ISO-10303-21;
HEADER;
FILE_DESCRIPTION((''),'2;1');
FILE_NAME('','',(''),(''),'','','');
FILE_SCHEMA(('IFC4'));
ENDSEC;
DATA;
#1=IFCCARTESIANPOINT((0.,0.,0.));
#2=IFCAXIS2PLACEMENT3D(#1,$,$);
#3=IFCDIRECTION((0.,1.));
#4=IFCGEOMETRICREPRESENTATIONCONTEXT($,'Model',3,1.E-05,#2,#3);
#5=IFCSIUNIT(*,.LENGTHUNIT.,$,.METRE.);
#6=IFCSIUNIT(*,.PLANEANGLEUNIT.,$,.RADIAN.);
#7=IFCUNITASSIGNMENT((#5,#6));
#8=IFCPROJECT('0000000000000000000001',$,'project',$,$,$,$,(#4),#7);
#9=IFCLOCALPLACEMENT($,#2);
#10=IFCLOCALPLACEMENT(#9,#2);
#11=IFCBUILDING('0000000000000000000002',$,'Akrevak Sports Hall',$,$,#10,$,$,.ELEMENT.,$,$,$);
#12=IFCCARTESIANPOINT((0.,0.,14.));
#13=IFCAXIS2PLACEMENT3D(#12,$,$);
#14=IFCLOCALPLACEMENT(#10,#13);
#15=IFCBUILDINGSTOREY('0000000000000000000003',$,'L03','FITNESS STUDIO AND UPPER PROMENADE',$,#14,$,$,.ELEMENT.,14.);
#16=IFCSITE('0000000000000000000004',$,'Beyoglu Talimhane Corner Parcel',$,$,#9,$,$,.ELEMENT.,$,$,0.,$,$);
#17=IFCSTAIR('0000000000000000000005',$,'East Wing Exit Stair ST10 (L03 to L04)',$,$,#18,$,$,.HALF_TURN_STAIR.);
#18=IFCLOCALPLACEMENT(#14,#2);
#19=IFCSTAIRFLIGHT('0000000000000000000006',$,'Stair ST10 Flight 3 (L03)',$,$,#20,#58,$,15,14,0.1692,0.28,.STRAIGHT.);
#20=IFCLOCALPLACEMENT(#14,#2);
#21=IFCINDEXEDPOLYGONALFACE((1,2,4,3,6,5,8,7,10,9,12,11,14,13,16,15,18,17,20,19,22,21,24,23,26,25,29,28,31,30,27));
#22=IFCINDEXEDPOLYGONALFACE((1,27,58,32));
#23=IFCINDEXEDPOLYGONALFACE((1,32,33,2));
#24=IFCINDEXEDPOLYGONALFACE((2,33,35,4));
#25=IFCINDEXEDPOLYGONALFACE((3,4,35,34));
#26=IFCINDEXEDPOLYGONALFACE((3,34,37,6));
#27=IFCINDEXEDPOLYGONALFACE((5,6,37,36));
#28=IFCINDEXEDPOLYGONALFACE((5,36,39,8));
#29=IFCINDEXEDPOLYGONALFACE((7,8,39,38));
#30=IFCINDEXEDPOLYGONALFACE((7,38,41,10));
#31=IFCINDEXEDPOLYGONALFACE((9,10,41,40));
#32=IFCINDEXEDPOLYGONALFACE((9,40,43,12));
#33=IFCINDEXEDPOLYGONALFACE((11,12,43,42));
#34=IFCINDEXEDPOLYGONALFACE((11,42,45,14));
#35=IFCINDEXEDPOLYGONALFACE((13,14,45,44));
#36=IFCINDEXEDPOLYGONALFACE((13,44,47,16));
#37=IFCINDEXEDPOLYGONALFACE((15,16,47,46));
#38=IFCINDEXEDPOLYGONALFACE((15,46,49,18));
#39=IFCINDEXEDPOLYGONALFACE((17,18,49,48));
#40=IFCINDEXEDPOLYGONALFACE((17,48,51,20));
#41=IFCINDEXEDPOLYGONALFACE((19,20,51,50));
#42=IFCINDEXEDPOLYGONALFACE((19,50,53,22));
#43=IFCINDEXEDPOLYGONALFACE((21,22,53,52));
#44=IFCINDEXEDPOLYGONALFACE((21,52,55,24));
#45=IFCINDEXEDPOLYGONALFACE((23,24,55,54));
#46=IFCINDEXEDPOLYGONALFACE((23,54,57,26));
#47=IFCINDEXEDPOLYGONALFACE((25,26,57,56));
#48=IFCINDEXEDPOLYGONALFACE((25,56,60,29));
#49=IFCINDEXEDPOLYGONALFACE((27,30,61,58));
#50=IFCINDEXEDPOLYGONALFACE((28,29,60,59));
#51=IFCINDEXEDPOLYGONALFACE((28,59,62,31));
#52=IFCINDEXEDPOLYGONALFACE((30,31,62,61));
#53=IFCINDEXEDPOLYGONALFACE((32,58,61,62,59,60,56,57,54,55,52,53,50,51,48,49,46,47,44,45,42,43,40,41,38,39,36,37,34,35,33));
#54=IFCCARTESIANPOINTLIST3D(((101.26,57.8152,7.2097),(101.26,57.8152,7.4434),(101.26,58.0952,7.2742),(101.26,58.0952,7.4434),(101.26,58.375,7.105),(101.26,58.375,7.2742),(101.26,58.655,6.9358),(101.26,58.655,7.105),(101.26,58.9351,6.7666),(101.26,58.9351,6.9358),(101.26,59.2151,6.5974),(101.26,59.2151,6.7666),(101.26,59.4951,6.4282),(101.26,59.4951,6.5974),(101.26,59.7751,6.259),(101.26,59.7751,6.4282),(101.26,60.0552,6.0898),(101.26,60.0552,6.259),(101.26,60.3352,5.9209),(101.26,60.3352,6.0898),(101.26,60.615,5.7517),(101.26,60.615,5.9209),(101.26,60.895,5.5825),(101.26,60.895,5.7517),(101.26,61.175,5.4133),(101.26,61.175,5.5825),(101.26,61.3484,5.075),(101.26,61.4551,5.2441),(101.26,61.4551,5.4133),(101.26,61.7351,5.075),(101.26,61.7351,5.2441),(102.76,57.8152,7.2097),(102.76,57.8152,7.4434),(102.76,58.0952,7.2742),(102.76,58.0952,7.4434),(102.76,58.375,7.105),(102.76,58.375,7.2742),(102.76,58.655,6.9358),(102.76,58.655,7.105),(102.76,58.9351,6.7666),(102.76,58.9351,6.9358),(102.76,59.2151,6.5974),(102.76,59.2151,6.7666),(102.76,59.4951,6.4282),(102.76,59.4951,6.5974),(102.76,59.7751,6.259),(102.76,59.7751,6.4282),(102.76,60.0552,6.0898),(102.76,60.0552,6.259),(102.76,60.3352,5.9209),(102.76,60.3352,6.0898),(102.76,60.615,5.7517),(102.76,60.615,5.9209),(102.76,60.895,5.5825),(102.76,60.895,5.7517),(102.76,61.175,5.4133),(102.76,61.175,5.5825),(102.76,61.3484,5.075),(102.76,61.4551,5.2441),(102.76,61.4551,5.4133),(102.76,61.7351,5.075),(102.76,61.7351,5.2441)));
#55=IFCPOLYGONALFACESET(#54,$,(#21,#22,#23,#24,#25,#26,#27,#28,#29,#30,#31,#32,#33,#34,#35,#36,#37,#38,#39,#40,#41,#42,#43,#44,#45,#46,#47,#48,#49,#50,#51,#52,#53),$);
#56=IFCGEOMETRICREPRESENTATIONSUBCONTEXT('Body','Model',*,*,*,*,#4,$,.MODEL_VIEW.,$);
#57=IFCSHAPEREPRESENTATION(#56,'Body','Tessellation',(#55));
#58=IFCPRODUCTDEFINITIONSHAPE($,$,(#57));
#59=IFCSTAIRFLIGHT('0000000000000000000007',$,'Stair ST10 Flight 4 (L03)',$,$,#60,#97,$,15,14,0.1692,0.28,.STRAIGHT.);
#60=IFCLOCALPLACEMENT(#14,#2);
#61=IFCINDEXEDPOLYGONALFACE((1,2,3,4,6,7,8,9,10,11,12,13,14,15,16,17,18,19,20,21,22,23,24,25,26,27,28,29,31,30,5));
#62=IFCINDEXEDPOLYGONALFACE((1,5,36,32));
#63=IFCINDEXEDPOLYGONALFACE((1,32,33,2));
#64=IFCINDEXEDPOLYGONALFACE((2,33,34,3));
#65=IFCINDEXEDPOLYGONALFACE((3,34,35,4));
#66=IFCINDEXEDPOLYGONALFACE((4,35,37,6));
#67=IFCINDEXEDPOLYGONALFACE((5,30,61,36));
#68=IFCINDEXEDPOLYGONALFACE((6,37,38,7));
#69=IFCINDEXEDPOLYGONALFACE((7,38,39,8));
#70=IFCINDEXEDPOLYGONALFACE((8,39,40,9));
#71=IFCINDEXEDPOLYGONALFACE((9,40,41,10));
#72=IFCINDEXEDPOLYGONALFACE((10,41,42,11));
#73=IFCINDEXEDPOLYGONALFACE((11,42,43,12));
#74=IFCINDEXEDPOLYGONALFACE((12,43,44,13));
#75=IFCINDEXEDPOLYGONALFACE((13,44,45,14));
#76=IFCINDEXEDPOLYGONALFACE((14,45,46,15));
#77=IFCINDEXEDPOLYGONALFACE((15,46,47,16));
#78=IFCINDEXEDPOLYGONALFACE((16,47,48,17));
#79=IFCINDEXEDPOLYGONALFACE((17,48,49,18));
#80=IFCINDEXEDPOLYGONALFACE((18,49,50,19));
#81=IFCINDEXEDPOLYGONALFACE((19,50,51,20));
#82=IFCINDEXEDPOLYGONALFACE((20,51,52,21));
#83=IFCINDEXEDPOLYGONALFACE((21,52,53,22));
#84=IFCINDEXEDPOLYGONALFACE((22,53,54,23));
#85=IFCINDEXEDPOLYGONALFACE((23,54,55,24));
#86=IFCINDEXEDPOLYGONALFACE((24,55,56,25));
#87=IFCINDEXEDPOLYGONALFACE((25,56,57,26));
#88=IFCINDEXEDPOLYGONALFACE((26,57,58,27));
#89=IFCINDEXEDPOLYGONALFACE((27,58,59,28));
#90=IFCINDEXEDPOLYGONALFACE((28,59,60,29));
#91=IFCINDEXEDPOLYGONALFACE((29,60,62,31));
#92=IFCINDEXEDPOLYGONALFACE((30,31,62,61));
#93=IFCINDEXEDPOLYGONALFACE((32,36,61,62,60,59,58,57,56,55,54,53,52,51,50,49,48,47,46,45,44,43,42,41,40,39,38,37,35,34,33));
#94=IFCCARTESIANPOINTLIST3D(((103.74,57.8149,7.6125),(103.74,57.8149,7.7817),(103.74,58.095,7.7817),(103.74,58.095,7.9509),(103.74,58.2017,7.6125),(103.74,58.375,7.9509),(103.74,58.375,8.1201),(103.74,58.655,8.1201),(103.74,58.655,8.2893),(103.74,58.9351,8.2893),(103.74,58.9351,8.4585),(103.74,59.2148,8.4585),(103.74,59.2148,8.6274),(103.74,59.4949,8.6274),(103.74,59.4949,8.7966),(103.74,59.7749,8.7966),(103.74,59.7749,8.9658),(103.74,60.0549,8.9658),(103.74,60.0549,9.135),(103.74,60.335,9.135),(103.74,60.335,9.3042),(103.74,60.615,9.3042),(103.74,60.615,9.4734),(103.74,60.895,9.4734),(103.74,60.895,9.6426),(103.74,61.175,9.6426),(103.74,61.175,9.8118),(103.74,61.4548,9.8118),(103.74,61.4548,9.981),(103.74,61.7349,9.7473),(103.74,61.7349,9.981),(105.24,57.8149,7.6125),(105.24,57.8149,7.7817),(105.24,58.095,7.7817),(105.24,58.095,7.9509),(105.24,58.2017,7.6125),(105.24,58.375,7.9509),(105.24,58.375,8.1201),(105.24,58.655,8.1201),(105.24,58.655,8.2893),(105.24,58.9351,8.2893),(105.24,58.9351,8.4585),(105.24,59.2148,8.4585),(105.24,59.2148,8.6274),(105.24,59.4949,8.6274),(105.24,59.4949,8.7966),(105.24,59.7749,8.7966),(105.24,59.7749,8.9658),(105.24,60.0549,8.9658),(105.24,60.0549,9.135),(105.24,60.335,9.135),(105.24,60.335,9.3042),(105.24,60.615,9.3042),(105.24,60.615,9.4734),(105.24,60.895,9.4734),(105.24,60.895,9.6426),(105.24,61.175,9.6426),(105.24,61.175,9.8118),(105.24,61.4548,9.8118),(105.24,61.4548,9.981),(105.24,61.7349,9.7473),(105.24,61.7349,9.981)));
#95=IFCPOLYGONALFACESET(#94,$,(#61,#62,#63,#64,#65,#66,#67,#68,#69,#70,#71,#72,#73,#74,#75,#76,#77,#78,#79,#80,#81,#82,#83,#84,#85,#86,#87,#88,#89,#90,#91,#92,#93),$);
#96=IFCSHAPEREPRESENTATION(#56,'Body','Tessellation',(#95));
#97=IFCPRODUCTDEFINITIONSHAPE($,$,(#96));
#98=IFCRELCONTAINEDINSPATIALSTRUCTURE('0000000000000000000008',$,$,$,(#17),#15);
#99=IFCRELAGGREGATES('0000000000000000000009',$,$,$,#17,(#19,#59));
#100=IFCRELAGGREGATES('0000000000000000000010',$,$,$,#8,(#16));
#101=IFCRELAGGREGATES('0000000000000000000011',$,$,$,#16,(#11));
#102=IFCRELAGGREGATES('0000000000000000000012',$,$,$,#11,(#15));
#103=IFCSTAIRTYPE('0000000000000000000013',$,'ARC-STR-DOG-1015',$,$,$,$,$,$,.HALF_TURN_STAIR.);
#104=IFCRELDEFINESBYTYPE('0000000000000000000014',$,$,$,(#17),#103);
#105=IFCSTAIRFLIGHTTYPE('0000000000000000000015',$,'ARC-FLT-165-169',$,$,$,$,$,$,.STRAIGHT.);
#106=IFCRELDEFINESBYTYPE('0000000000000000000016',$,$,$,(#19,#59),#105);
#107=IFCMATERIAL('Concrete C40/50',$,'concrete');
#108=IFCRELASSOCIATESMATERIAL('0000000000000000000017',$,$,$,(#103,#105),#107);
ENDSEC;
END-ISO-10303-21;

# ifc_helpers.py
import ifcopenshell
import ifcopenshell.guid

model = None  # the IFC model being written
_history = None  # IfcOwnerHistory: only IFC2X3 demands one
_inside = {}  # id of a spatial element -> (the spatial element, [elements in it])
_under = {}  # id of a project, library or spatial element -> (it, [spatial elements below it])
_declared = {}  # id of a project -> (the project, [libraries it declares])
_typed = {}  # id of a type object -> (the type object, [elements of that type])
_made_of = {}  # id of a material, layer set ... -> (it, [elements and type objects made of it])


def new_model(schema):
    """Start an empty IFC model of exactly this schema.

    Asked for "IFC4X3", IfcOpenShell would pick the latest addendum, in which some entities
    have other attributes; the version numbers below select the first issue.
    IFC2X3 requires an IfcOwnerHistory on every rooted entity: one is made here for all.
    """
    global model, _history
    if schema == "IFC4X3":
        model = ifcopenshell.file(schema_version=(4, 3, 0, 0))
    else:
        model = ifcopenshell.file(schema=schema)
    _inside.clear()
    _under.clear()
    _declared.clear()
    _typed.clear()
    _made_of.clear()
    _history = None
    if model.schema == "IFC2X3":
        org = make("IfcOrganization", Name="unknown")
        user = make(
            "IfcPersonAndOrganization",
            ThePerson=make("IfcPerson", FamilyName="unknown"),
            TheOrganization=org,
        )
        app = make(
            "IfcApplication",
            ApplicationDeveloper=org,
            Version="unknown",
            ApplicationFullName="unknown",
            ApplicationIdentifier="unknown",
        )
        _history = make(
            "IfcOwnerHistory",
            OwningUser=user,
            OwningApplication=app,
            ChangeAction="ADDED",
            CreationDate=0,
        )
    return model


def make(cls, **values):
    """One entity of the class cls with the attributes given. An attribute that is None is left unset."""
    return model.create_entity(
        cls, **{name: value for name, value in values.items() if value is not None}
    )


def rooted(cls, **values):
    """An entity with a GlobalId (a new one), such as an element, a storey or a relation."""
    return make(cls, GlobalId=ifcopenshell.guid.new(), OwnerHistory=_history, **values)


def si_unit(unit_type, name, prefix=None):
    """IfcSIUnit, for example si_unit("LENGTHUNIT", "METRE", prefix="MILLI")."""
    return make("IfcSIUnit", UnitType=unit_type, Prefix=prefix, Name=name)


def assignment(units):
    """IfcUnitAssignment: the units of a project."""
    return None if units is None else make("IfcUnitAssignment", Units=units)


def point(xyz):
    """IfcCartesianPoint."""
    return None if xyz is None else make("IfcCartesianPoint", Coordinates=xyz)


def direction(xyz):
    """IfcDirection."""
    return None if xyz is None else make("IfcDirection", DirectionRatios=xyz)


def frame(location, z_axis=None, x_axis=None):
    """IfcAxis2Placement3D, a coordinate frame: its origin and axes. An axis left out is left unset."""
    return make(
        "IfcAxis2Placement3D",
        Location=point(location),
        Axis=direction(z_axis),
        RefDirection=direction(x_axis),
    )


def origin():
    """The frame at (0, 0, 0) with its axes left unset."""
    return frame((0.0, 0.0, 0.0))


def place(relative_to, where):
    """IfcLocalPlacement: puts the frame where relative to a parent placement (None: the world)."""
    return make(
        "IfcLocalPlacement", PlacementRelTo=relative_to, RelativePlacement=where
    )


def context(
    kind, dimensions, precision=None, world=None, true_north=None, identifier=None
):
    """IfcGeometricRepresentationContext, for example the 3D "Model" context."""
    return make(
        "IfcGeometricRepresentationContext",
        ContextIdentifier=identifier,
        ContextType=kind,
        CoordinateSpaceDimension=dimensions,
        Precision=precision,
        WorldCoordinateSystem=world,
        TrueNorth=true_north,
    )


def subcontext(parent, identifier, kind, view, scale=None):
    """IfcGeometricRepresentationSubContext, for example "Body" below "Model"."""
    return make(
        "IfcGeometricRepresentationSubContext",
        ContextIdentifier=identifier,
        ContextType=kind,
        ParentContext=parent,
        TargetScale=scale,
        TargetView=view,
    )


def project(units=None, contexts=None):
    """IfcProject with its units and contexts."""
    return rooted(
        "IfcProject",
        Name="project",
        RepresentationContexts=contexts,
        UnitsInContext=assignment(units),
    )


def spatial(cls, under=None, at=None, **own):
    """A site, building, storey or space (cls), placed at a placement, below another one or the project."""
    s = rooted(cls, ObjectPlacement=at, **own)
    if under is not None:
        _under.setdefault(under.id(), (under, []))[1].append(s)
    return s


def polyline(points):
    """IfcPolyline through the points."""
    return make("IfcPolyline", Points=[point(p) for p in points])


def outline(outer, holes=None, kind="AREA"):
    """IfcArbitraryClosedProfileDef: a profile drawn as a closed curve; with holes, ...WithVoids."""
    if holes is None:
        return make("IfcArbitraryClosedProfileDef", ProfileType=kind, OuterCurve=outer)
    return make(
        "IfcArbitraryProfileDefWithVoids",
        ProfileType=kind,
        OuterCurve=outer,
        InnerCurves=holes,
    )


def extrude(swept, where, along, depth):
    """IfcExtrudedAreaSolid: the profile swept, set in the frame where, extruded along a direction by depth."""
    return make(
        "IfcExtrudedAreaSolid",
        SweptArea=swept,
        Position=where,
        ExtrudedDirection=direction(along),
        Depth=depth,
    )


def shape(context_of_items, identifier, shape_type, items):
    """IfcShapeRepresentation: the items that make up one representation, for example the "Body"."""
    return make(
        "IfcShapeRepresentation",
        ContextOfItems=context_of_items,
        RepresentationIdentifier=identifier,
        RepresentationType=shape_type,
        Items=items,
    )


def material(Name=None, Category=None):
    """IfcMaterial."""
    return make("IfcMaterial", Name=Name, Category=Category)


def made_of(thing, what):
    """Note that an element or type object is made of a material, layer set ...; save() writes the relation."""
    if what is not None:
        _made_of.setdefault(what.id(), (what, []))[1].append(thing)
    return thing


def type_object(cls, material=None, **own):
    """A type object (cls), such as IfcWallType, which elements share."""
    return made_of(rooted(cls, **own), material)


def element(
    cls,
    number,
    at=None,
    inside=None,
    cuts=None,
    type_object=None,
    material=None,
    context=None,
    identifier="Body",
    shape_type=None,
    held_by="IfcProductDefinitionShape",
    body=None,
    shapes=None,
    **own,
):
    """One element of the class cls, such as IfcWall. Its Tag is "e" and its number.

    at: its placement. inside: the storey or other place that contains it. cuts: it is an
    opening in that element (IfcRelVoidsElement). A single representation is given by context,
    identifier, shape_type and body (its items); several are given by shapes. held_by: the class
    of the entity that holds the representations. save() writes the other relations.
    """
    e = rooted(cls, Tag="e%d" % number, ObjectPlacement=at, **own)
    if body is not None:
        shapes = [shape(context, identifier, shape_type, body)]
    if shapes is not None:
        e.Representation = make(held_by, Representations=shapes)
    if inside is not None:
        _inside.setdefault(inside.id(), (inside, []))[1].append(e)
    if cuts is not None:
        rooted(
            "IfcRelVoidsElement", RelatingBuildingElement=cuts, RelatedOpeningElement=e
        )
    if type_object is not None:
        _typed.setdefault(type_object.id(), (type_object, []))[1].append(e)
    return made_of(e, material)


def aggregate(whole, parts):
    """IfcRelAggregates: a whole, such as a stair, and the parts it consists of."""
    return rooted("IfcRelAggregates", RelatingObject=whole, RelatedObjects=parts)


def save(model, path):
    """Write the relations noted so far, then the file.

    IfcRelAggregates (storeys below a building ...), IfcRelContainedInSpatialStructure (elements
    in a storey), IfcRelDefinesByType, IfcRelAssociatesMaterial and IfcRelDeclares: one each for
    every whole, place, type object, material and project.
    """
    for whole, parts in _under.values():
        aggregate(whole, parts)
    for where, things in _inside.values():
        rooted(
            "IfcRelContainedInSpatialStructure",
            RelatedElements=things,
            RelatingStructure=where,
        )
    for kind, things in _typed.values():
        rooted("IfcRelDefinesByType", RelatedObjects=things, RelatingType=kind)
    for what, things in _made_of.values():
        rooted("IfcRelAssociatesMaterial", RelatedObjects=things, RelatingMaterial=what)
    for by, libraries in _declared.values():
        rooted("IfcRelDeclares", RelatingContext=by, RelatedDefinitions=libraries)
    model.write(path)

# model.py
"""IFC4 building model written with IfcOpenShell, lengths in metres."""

from ifc_helpers import new_model, si_unit, direction, frame, origin, place, context, subcontext, project, spatial, polyline, outline, extrude, material, type_object, element, aggregate, save


model = new_model("IFC4")

# Units and contexts
model_context = context("Model", 3, precision=1e-05, world=origin(), true_north=direction((0.0, 1.0)))
body_context = subcontext(model_context, "Body", "Model", "MODEL_VIEW")
ifc_project = project(units=[si_unit("LENGTHUNIT", "METRE"), si_unit("PLANEANGLEUNIT", "RADIAN")], contexts=[model_context])

# Site, building, storey
site_placement = place(None, origin())
site = spatial("IfcSite", under=ifc_project, at=site_placement, Name="Beyoglu Talimhane Corner Parcel", CompositionType="ELEMENT", RefElevation=0.0)
building_placement = place(site_placement, origin())
building = spatial("IfcBuilding", under=site, at=building_placement, Name="Akrevak Sports Hall", CompositionType="ELEMENT")
storey_placement = place(building_placement, frame((0.0, 0.0, 14.0)))
storey = spatial("IfcBuildingStorey", under=building, at=storey_placement, Name="L03", Description="FITNESS STUDIO AND UPPER PROMENADE", CompositionType="ELEMENT", Elevation=14.0)

# Shared definitions
ifc_material_1 = material(Name="Concrete C40/50", Category="concrete")

# Stair, stair flights
stair_type = type_object("IfcStairType", Name="ARC-STR-DOG-1015", PredefinedType="HALF_TURN_STAIR", material=ifc_material_1)
stair_flight_type = type_object("IfcStairFlightType", Name="ARC-FLT-165-169", PredefinedType="STRAIGHT", material=ifc_material_1)
stair_1_placement = place(storey_placement, origin())
stair_1 = element("IfcStair", 1, at=stair_1_placement, inside=storey, type_object=stair_type, Name="East Wing Exit Stair ST10 (L03 to L04)", PredefinedType="HALF_TURN_STAIR")
stair_flight_1_placement = place(storey_placement, frame((102.01, 61.7351, 5.075), z_axis=(0.0, 0.0, 1.0), x_axis=(0.0, -1.0, 0.0)))
stair_flight_1 = element("IfcStairFlight", 2, at=stair_flight_1_placement, type_object=stair_flight_type, Name="Stair ST10 Flight 3 (L03)", NumberOfRisers=15, NumberOfTreads=14, PredefinedType="STRAIGHT", RiserHeight=0.1692, TreadLength=0.28, context=body_context, shape_type="SweptSolid", body=[
    extrude(outline(polyline([(0.0, 0.0), (0.0, 0.1692), (0.28, 0.1692), (0.28, 0.3384), (0.5601, 0.3384), (0.5601, 0.5076), (0.8401, 0.5076), (0.8401, 0.6768), (1.1201, 0.6768), (1.1201, 0.8459), (1.3999, 0.8459), (1.3999, 1.0149), (1.6799, 1.0149), (1.6799, 1.1841), (1.96, 1.1841), (1.96, 1.3533), (2.24, 1.3533), (2.24, 1.5225), (2.52, 1.5225), (2.52, 1.6917), (2.8, 1.6917), (2.8, 1.8608), (3.0801, 1.8608), (3.0801, 2.03), (3.3601, 2.03), (3.3601, 2.1992), (3.6399, 2.1992), (3.6399, 2.3684), (3.9199, 2.3684), (3.9199, 2.5376), (3.9199, 2.1348), (0.3867, 0.0), (0.0, 0.0)])), frame((0.0, 0.75, 0.0), z_axis=(0.0, -1.0, 0.0), x_axis=(1.0, 0.0, 0.0)), (0.0, 0.0, 1.0), 1.5),
])
stair_flight_2_placement = place(storey_placement, frame((104.49, 57.8149, 7.6125), z_axis=(0.0, 0.0, 1.0), x_axis=(0.0, 1.0, 0.0)))
stair_flight_2 = element("IfcStairFlight", 3, at=stair_flight_2_placement, type_object=stair_flight_type, Name="Stair ST10 Flight 4 (L03)", NumberOfRisers=15, NumberOfTreads=14, PredefinedType="STRAIGHT", RiserHeight=0.1692, TreadLength=0.28, context=body_context, shape_type="SweptSolid", body=[
    extrude(outline(polyline([(0.0, 0.0), (0.0, 0.1692), (0.28, 0.1692), (0.28, 0.3384), (0.5601, 0.3384), (0.5601, 0.5076), (0.8401, 0.5076), (0.8401, 0.6768), (1.1201, 0.6768), (1.1201, 0.8459), (1.3999, 0.8459), (1.3999, 1.0149), (1.6799, 1.0149), (1.6799, 1.1841), (1.96, 1.1841), (1.96, 1.3533), (2.24, 1.3533), (2.24, 1.5225), (2.52, 1.5225), (2.52, 1.6917), (2.8, 1.6917), (2.8, 1.8608), (3.0801, 1.8608), (3.0801, 2.03), (3.3601, 2.03), (3.3601, 2.1992), (3.6399, 2.1992), (3.6399, 2.3684), (3.9199, 2.3684), (3.9199, 2.5376), (3.9199, 2.1348), (0.3867, 0.0), (0.0, 0.0)])), frame((0.0, 0.75, 0.0), z_axis=(0.0, -1.0, 0.0), x_axis=(1.0, 0.0, 0.0)), (0.0, 0.0, 1.0), 1.5),
])
aggregate(stair_1, [stair_flight_1, stair_flight_2])

save(model, "model.ifc")
